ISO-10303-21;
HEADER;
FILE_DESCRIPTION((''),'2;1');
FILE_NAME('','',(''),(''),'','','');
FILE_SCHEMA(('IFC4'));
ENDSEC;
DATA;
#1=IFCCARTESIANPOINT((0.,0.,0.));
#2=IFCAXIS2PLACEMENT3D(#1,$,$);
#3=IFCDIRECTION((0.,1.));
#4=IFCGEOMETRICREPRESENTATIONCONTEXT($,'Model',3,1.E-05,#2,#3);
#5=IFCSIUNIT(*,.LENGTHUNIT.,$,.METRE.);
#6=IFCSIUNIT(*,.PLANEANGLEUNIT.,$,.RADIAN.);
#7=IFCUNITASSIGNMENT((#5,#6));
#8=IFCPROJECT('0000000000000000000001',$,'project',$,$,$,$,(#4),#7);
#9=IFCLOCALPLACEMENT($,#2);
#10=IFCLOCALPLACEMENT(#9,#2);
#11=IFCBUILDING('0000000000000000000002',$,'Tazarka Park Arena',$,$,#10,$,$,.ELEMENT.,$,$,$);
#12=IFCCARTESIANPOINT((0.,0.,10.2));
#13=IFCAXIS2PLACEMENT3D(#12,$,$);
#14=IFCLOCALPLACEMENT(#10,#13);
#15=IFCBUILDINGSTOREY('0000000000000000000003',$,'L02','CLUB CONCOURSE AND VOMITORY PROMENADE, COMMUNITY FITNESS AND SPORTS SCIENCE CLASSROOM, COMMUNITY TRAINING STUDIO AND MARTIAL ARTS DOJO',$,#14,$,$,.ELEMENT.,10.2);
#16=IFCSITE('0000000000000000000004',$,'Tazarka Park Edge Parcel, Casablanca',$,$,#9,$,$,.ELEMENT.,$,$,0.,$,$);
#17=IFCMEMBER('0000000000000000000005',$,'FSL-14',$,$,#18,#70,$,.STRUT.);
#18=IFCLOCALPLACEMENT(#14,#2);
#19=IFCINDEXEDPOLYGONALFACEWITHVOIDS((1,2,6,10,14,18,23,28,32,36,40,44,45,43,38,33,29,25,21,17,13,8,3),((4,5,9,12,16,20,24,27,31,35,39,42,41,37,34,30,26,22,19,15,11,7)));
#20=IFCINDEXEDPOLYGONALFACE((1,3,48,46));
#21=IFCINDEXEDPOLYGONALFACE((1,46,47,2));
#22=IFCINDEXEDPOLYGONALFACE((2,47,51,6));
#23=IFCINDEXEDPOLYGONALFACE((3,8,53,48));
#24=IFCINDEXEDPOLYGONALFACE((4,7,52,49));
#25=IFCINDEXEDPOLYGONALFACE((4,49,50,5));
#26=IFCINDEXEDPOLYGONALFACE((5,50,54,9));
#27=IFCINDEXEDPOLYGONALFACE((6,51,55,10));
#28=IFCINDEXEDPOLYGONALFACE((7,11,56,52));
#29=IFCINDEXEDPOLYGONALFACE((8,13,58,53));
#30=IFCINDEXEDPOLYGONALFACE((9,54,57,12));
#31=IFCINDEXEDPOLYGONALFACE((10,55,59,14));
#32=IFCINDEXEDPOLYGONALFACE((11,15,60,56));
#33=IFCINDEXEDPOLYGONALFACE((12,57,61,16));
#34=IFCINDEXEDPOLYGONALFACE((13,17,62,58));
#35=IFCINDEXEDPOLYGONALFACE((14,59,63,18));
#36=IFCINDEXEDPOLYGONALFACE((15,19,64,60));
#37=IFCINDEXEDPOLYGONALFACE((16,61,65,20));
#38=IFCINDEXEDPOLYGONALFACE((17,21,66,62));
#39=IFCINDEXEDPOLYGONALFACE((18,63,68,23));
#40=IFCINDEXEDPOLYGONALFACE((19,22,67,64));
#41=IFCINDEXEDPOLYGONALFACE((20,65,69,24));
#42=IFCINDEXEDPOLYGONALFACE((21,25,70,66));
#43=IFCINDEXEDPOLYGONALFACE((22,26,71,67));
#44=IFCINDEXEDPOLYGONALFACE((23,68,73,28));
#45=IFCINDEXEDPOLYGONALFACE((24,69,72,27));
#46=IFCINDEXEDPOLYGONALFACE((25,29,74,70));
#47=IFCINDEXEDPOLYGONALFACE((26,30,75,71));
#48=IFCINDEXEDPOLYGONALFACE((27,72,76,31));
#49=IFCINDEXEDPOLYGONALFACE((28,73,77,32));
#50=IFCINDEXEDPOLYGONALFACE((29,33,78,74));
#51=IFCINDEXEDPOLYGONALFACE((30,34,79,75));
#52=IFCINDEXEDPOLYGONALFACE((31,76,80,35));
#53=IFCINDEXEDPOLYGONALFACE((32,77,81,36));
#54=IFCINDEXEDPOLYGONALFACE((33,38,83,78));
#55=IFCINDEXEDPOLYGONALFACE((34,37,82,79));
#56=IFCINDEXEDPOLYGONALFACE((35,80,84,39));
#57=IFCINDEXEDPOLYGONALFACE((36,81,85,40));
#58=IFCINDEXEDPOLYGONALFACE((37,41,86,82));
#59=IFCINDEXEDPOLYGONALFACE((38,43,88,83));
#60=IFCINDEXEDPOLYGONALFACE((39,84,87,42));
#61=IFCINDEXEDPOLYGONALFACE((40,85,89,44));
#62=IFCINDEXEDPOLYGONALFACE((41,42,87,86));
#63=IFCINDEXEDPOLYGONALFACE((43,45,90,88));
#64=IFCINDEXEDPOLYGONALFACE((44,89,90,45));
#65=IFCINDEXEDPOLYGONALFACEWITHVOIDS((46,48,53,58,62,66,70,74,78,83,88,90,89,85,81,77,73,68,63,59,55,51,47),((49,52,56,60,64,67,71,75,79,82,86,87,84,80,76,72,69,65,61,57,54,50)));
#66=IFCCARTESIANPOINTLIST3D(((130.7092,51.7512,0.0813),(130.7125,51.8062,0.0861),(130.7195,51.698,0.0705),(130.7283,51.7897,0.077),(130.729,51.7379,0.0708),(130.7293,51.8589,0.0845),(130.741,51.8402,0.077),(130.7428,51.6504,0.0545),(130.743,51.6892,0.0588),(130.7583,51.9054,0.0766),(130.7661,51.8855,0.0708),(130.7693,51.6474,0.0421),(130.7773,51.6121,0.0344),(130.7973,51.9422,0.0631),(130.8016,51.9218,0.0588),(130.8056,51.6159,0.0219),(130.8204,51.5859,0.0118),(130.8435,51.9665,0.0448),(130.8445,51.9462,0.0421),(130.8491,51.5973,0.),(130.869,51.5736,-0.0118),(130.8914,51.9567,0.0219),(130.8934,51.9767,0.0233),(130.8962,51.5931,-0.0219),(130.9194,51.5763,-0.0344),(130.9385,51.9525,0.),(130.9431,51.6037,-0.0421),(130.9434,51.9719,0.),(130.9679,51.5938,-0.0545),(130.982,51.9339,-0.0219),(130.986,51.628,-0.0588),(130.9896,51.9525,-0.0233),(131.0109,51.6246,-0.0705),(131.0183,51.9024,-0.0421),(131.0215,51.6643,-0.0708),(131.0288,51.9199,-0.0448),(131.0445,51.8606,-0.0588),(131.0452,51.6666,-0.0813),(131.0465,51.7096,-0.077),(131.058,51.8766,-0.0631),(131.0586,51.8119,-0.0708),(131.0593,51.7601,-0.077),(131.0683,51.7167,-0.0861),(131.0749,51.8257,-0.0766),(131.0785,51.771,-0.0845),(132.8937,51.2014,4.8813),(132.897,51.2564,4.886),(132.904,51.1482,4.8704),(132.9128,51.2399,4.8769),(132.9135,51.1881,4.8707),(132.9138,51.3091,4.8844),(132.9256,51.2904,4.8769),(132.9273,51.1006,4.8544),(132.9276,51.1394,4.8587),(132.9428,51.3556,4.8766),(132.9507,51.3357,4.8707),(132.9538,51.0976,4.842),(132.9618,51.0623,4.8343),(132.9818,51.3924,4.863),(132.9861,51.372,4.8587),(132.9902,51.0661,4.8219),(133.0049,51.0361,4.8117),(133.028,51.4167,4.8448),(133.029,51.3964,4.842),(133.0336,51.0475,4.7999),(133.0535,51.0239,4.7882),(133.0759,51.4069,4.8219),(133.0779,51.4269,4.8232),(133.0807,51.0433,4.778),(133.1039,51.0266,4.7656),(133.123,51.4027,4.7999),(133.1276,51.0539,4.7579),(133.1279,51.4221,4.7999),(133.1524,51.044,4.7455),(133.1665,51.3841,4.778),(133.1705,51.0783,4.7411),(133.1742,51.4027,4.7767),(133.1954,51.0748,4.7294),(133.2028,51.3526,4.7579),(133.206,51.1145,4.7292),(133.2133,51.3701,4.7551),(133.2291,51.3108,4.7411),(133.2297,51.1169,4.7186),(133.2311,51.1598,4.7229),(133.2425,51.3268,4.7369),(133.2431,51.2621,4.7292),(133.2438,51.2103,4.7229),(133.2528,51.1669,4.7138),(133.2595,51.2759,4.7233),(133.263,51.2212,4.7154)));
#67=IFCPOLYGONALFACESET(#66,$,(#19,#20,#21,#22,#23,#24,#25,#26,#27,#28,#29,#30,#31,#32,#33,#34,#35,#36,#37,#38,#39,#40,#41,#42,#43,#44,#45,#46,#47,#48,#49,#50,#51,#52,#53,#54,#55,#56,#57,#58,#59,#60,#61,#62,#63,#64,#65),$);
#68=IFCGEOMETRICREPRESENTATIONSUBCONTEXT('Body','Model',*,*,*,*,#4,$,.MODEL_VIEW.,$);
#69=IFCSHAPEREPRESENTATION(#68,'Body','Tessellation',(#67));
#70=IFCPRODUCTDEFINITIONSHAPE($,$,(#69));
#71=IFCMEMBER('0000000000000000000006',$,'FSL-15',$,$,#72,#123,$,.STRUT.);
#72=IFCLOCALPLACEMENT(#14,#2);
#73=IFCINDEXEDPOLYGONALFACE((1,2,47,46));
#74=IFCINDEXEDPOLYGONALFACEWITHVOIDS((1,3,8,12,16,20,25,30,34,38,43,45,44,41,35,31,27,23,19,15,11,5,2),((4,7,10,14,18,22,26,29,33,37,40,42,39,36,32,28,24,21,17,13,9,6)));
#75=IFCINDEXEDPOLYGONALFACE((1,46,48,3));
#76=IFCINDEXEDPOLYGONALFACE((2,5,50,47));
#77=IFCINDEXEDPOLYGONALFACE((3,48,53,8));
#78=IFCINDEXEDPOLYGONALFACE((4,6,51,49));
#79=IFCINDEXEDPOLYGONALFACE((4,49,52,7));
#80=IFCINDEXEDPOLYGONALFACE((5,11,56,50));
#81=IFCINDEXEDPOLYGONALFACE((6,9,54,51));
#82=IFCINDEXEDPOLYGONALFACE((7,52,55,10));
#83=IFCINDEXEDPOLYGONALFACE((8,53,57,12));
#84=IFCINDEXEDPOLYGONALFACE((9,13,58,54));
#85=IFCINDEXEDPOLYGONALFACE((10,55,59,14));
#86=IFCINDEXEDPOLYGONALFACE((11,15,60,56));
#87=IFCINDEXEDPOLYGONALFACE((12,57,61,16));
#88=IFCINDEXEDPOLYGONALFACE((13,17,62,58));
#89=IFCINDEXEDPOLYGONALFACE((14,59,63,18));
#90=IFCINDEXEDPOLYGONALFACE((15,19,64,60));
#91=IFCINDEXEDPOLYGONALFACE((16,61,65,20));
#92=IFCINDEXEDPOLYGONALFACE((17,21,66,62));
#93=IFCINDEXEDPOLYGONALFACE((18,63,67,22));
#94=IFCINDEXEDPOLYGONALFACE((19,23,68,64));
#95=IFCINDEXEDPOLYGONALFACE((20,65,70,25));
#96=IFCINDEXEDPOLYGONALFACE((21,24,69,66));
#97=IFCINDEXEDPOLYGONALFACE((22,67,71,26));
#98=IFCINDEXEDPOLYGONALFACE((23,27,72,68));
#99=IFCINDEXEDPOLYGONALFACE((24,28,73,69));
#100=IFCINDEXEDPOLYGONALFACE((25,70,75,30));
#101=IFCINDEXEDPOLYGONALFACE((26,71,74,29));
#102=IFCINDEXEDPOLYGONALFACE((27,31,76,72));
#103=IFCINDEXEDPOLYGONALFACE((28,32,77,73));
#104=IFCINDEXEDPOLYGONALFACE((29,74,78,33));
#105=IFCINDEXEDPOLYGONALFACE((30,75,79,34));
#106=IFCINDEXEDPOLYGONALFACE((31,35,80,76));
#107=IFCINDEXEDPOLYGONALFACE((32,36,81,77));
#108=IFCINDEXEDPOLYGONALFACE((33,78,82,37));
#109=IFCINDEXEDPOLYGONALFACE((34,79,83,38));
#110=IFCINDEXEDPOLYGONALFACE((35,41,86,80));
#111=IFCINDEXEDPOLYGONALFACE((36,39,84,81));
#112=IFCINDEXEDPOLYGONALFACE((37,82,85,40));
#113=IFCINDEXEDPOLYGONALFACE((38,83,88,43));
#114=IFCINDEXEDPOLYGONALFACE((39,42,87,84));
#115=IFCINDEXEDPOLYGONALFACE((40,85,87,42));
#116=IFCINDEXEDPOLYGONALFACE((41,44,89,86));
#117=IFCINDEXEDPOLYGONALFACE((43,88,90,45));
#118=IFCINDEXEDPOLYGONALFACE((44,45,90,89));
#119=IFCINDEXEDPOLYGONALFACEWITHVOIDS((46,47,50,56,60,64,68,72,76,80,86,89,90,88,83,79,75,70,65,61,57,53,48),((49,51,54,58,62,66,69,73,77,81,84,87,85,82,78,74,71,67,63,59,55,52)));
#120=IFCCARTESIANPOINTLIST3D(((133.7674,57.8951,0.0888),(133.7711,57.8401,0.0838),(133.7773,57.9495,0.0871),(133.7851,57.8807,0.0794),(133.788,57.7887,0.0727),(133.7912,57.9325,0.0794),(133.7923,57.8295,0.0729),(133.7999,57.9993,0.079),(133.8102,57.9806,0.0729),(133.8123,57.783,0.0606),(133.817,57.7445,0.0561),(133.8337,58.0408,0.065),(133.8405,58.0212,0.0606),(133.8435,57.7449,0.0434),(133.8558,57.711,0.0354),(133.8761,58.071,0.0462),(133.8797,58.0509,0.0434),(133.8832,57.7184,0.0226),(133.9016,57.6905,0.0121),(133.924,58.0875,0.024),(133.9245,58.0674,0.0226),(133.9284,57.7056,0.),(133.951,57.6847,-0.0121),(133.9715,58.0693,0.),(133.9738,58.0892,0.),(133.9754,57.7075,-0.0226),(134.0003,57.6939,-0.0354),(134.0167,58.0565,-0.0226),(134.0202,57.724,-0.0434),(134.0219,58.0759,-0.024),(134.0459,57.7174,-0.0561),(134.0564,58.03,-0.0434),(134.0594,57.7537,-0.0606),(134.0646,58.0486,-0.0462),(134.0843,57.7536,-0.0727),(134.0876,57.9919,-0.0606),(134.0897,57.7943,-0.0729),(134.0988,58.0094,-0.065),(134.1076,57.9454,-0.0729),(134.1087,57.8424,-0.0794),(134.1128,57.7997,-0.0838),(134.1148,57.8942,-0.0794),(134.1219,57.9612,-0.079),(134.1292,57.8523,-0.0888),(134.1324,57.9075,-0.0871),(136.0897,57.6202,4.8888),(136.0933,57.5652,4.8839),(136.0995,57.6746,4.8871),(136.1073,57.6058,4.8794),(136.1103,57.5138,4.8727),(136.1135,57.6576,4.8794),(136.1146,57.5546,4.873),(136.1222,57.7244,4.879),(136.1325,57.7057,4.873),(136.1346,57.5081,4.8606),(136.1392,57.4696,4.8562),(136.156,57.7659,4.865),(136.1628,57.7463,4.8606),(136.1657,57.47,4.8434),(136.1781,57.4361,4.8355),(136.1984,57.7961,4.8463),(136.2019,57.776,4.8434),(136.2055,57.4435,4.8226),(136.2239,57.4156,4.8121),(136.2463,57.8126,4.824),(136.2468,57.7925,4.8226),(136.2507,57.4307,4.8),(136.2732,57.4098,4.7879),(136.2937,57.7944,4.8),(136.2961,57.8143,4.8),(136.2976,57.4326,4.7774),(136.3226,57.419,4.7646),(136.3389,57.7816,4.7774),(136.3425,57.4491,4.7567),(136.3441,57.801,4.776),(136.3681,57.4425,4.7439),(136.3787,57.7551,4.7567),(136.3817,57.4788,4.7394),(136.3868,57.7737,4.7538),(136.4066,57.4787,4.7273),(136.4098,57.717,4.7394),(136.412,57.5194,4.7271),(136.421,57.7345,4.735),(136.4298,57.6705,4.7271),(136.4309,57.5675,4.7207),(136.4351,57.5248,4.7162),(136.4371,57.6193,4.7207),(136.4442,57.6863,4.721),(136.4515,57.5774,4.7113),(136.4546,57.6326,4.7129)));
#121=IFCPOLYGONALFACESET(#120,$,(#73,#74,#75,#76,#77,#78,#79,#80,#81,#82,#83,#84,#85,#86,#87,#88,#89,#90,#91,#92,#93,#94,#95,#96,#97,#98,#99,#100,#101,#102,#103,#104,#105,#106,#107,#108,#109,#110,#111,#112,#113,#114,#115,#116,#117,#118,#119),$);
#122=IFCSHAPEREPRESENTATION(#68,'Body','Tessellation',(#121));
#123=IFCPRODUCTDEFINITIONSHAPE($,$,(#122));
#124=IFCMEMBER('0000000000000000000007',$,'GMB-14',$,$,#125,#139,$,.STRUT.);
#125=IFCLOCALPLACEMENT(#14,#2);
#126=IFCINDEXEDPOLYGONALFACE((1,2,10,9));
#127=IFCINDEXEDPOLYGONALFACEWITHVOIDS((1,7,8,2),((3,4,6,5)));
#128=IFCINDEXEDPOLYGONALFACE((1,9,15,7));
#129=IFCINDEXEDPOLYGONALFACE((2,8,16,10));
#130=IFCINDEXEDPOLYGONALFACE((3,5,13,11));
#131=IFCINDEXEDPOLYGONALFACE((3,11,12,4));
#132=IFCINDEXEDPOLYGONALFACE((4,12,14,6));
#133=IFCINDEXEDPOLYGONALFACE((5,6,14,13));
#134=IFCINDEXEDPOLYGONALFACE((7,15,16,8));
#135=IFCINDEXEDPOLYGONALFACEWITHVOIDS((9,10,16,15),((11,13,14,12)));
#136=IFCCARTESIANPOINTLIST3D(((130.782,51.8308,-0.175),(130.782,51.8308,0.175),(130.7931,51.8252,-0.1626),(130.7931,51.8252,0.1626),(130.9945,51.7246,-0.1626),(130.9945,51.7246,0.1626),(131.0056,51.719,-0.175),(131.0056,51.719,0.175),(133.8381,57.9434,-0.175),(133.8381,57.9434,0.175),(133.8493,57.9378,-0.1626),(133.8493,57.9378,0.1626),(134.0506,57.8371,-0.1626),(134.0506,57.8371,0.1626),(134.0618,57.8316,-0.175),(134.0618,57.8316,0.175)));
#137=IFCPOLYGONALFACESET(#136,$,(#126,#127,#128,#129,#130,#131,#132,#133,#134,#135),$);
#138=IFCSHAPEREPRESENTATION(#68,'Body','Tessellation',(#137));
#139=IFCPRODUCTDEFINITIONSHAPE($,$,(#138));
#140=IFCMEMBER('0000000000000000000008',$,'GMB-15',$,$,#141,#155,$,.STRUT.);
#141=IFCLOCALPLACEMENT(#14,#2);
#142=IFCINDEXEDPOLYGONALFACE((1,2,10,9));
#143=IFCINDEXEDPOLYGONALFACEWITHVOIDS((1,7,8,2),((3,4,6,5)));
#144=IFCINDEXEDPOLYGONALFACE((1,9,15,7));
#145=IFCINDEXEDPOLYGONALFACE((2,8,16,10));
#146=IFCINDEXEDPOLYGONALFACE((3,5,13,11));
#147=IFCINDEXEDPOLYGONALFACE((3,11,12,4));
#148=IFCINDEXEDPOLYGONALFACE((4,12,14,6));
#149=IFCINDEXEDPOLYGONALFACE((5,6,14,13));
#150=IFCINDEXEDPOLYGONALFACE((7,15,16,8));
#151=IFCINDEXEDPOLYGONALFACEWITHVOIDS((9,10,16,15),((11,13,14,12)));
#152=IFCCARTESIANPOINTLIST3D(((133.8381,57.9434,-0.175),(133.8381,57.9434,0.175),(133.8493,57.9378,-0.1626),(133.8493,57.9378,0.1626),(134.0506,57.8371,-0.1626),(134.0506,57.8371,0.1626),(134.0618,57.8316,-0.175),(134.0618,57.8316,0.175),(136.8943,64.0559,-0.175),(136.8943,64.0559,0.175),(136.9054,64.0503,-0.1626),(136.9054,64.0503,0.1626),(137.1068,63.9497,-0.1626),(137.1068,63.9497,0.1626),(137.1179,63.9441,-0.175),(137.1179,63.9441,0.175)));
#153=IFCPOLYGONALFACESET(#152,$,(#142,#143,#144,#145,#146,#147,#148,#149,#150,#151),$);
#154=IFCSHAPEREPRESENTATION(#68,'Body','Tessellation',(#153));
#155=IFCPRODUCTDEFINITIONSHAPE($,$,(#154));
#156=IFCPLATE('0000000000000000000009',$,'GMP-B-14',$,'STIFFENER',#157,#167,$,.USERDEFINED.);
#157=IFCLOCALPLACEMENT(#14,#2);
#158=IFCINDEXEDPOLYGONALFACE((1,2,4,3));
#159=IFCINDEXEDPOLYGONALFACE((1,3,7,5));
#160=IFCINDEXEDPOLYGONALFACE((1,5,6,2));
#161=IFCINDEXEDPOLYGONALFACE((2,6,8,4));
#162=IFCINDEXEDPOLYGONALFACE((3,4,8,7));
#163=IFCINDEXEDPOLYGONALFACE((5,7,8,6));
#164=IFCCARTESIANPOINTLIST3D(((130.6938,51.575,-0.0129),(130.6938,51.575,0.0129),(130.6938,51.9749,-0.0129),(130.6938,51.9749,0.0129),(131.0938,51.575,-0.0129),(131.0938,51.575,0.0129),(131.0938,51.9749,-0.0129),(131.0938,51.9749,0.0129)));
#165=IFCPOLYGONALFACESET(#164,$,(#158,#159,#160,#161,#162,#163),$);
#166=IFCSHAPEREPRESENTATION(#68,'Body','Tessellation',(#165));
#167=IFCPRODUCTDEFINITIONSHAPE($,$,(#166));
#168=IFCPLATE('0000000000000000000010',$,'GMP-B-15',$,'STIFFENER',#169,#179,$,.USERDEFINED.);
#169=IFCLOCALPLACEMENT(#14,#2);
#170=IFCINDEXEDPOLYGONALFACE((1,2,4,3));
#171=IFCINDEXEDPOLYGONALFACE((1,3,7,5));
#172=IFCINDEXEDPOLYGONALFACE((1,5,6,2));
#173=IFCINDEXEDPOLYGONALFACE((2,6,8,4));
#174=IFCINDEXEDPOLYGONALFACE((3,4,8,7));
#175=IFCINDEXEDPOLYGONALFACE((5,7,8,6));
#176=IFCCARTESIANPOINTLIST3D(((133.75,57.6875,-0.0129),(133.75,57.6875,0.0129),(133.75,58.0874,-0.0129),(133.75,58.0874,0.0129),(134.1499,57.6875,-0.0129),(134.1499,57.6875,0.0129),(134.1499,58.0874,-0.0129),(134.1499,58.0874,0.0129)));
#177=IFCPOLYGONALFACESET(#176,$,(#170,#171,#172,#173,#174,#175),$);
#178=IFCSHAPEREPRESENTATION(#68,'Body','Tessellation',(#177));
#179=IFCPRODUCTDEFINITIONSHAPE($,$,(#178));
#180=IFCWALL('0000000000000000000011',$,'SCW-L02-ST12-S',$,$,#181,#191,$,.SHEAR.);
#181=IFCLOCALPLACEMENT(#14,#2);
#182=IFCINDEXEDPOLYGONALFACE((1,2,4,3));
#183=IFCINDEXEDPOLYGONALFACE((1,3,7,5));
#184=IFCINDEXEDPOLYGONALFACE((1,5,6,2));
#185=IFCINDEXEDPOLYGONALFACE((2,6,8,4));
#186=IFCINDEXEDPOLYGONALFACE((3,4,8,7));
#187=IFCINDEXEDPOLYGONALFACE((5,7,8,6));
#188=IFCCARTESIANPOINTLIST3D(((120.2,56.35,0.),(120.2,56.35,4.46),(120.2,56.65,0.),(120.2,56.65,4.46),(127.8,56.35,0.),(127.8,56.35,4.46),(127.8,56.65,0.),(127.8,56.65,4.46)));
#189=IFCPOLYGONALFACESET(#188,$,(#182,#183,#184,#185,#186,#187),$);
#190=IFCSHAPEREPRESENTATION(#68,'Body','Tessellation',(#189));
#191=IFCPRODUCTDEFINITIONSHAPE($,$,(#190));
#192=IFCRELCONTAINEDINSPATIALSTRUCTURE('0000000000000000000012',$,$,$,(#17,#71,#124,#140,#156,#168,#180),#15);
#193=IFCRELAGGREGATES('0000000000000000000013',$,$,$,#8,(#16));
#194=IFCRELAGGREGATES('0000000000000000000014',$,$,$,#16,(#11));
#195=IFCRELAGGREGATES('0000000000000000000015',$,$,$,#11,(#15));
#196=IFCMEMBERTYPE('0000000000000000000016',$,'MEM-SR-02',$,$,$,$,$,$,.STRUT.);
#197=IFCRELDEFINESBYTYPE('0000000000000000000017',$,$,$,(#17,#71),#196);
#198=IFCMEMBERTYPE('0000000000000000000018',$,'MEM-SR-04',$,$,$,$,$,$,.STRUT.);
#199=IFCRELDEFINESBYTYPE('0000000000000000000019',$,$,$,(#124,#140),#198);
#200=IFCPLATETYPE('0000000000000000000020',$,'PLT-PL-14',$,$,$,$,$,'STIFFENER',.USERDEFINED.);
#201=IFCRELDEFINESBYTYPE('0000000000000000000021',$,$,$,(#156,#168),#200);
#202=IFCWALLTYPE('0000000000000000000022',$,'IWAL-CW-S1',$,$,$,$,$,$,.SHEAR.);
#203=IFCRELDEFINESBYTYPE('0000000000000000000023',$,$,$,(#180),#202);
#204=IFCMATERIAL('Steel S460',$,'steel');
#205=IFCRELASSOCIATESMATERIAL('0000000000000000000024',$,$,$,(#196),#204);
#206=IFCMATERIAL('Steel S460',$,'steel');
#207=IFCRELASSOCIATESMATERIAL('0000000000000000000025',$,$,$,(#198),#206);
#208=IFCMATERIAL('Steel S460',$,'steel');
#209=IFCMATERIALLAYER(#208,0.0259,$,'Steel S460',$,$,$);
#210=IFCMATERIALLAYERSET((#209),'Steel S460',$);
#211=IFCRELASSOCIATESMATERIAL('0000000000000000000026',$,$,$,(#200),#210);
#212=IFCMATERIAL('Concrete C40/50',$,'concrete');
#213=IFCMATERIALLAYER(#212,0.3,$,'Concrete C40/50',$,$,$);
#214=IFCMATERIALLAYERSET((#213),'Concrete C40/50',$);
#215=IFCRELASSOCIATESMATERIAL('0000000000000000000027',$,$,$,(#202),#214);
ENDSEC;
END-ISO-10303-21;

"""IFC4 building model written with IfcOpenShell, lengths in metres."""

from ifc_helpers import new_model, si_unit, direction, frame, frame_2d, origin, origin_2d, place, context, subcontext, project, spatial, rectangle, hollow_rectangle, hollow_circle, extrude, material, layer, layer_set, material_profile, profile_set, type_object, element, save


model = new_model("IFC4")

# Units and contexts
model_context = context("Model", 3, precision=1e-05, world=origin(), true_north=direction((0.0, 1.0)))
body_context = subcontext(model_context, "Body", "Model", "MODEL_VIEW")
ifc_project = project(units=[si_unit("LENGTHUNIT", "METRE"), si_unit("PLANEANGLEUNIT", "RADIAN")], contexts=[model_context])

# Site, building, storey
site_placement = place(None, origin())
site = spatial("IfcSite", under=ifc_project, at=site_placement, Name="Tazarka Park Edge Parcel, Casablanca", CompositionType="ELEMENT", RefElevation=0.0)
building_placement = place(site_placement, origin())
building = spatial("IfcBuilding", under=site, at=building_placement, Name="Tazarka Park Arena", CompositionType="ELEMENT")
storey_placement = place(building_placement, frame((0.0, 0.0, 10.2)))
storey = spatial("IfcBuildingStorey", under=building, at=storey_placement, Name="L02", Description="CLUB CONCOURSE AND VOMITORY PROMENADE, COMMUNITY FITNESS AND SPORTS SCIENCE CLASSROOM, COMMUNITY TRAINING STUDIO AND MARTIAL ARTS DOJO", CompositionType="ELEMENT", Elevation=10.2)

# Members
ifc_material_1 = material(Name="Steel S460", Category="steel")
ifc_material_profile_1 = material_profile(ifc_material_1, hollow_circle(Radius=0.2031, WallThickness=0.02, at=origin_2d()), Name="Steel S460")
ifc_profile_set_1 = profile_set([ifc_material_profile_1], Name="Steel S460")
member_type_1 = type_object("IfcMemberType", Name="MEM-SR-02", PredefinedType="STRUT", material=ifc_profile_set_1)
member_1_placement = place(storey_placement, frame((130.8938, 51.7749, 0.0), z_axis=(0.411999, -0.10369, 0.905265), x_axis=(0.244065, 0.969759, 0.0)))
element("IfcMember", 1, at=member_1_placement, inside=storey, type_object=member_type_1, Name="FSL-14", PredefinedType="STRUT", context=body_context, shape_type="SweptSolid", body=[
    extrude(hollow_circle(Radius=0.2031, WallThickness=0.02, at=origin_2d()), origin(), (0.0, 0.0, 1.0), 5.3022),
])
member_2_placement = place(storey_placement, frame((133.95, 57.8875, 0.0), z_axis=(0.434932, -0.051486, 0.89899), x_axis=(0.117556, 0.993066, 0.0)))
element("IfcMember", 2, at=member_2_placement, inside=storey, type_object=member_type_1, Name="FSL-15", PredefinedType="STRUT", context=body_context, shape_type="SweptSolid", body=[
    extrude(hollow_circle(Radius=0.2031, WallThickness=0.02, at=origin_2d()), origin(), (0.0, 0.0, 1.0), 5.3394),
])
ifc_material_2 = material(Name="Steel S460", Category="steel")
ifc_material_profile_2 = material_profile(ifc_material_2, hollow_rectangle(XDim=0.25, YDim=0.3501, WallThickness=0.0125, at=origin_2d()), Name="Steel S460")
ifc_profile_set_2 = profile_set([ifc_material_profile_2], Name="Steel S460")
member_type_2 = type_object("IfcMemberType", Name="MEM-SR-04", PredefinedType="STRUT", material=ifc_profile_set_2)
for number, where, z_axis, x_axis, name in (
    (3, (130.8938, 51.7749, 0.0), (0.447199, 0.894434, 0.0), (-0.894434, 0.447199, 0.0), "GMB-14"),
    (4, (133.95, 57.8875, 0.0), (0.447199, 0.894434, 0.0), (-0.894434, 0.447199, 0.0), "GMB-15"),
):
    element("IfcMember", number, at=place(storey_placement, frame(where, z_axis=z_axis, x_axis=x_axis)), inside=storey, type_object=member_type_2, Name=name, PredefinedType="STRUT", context=body_context, shape_type="SweptSolid", body=[
        extrude(hollow_rectangle(XDim=0.25, YDim=0.3501, WallThickness=0.0125, at=origin_2d()), origin(), (0.0, 0.0, 1.0), 6.834),
    ])

# Plates
ifc_material_3 = material(Name="Steel S460", Category="steel")
ifc_layer_1 = layer(ifc_material_3, 0.0259, Name="Steel S460")
ifc_layer_set_1 = layer_set([ifc_layer_1], Name="Steel S460")
plate_type = type_object("IfcPlateType", Name="PLT-PL-14", ElementType="STIFFENER", PredefinedType="USERDEFINED", material=ifc_layer_set_1)
for number, where, z_axis, x_axis, name in (
    (5, (130.8938, 51.7749, -0.0129), (0.0, 0.0, 1.0), (1.0, 0.0, 0.0), "GMP-B-14"),
    (6, (133.95, 57.8875, -0.0129), (0.0, 0.0, 1.0), (1.0, 0.0, 0.0), "GMP-B-15"),
):
    element("IfcPlate", number, at=place(storey_placement, frame(where, z_axis=z_axis, x_axis=x_axis)), inside=storey, type_object=plate_type, Name=name, ObjectType="STIFFENER", PredefinedType="USERDEFINED", context=body_context, shape_type="SweptSolid", body=[
        extrude(rectangle(XDim=0.3999, YDim=0.3999, at=origin_2d()), origin(), (0.0, 0.0, 1.0), 0.0259),
    ])

# Wall
ifc_material_4 = material(Name="Concrete C40/50", Category="concrete")
ifc_layer_2 = layer(ifc_material_4, 0.3, Name="Concrete C40/50")
ifc_layer_set_2 = layer_set([ifc_layer_2], Name="Concrete C40/50")
wall_type_1 = type_object("IfcWallType", Name="IWAL-CW-S1", PredefinedType="SHEAR", material=ifc_layer_set_2)
wall_1_placement = place(storey_placement, frame((127.8, 56.5, 0.0), z_axis=(0.0, 0.0, 1.0), x_axis=(-1.0, 0.0, 0.0)))
element("IfcWall", 7, at=wall_1_placement, inside=storey, type_object=wall_type_1, Name="SCW-L02-ST12-S", PredefinedType="SHEAR", context=body_context, shape_type="SweptSolid", body=[
    extrude(rectangle(XDim=7.6001, YDim=0.3, at=frame_2d((3.8, 0.0))), origin(), (0.0, 0.0, 1.0), 4.46),
])

save(model, "model.ifc")
